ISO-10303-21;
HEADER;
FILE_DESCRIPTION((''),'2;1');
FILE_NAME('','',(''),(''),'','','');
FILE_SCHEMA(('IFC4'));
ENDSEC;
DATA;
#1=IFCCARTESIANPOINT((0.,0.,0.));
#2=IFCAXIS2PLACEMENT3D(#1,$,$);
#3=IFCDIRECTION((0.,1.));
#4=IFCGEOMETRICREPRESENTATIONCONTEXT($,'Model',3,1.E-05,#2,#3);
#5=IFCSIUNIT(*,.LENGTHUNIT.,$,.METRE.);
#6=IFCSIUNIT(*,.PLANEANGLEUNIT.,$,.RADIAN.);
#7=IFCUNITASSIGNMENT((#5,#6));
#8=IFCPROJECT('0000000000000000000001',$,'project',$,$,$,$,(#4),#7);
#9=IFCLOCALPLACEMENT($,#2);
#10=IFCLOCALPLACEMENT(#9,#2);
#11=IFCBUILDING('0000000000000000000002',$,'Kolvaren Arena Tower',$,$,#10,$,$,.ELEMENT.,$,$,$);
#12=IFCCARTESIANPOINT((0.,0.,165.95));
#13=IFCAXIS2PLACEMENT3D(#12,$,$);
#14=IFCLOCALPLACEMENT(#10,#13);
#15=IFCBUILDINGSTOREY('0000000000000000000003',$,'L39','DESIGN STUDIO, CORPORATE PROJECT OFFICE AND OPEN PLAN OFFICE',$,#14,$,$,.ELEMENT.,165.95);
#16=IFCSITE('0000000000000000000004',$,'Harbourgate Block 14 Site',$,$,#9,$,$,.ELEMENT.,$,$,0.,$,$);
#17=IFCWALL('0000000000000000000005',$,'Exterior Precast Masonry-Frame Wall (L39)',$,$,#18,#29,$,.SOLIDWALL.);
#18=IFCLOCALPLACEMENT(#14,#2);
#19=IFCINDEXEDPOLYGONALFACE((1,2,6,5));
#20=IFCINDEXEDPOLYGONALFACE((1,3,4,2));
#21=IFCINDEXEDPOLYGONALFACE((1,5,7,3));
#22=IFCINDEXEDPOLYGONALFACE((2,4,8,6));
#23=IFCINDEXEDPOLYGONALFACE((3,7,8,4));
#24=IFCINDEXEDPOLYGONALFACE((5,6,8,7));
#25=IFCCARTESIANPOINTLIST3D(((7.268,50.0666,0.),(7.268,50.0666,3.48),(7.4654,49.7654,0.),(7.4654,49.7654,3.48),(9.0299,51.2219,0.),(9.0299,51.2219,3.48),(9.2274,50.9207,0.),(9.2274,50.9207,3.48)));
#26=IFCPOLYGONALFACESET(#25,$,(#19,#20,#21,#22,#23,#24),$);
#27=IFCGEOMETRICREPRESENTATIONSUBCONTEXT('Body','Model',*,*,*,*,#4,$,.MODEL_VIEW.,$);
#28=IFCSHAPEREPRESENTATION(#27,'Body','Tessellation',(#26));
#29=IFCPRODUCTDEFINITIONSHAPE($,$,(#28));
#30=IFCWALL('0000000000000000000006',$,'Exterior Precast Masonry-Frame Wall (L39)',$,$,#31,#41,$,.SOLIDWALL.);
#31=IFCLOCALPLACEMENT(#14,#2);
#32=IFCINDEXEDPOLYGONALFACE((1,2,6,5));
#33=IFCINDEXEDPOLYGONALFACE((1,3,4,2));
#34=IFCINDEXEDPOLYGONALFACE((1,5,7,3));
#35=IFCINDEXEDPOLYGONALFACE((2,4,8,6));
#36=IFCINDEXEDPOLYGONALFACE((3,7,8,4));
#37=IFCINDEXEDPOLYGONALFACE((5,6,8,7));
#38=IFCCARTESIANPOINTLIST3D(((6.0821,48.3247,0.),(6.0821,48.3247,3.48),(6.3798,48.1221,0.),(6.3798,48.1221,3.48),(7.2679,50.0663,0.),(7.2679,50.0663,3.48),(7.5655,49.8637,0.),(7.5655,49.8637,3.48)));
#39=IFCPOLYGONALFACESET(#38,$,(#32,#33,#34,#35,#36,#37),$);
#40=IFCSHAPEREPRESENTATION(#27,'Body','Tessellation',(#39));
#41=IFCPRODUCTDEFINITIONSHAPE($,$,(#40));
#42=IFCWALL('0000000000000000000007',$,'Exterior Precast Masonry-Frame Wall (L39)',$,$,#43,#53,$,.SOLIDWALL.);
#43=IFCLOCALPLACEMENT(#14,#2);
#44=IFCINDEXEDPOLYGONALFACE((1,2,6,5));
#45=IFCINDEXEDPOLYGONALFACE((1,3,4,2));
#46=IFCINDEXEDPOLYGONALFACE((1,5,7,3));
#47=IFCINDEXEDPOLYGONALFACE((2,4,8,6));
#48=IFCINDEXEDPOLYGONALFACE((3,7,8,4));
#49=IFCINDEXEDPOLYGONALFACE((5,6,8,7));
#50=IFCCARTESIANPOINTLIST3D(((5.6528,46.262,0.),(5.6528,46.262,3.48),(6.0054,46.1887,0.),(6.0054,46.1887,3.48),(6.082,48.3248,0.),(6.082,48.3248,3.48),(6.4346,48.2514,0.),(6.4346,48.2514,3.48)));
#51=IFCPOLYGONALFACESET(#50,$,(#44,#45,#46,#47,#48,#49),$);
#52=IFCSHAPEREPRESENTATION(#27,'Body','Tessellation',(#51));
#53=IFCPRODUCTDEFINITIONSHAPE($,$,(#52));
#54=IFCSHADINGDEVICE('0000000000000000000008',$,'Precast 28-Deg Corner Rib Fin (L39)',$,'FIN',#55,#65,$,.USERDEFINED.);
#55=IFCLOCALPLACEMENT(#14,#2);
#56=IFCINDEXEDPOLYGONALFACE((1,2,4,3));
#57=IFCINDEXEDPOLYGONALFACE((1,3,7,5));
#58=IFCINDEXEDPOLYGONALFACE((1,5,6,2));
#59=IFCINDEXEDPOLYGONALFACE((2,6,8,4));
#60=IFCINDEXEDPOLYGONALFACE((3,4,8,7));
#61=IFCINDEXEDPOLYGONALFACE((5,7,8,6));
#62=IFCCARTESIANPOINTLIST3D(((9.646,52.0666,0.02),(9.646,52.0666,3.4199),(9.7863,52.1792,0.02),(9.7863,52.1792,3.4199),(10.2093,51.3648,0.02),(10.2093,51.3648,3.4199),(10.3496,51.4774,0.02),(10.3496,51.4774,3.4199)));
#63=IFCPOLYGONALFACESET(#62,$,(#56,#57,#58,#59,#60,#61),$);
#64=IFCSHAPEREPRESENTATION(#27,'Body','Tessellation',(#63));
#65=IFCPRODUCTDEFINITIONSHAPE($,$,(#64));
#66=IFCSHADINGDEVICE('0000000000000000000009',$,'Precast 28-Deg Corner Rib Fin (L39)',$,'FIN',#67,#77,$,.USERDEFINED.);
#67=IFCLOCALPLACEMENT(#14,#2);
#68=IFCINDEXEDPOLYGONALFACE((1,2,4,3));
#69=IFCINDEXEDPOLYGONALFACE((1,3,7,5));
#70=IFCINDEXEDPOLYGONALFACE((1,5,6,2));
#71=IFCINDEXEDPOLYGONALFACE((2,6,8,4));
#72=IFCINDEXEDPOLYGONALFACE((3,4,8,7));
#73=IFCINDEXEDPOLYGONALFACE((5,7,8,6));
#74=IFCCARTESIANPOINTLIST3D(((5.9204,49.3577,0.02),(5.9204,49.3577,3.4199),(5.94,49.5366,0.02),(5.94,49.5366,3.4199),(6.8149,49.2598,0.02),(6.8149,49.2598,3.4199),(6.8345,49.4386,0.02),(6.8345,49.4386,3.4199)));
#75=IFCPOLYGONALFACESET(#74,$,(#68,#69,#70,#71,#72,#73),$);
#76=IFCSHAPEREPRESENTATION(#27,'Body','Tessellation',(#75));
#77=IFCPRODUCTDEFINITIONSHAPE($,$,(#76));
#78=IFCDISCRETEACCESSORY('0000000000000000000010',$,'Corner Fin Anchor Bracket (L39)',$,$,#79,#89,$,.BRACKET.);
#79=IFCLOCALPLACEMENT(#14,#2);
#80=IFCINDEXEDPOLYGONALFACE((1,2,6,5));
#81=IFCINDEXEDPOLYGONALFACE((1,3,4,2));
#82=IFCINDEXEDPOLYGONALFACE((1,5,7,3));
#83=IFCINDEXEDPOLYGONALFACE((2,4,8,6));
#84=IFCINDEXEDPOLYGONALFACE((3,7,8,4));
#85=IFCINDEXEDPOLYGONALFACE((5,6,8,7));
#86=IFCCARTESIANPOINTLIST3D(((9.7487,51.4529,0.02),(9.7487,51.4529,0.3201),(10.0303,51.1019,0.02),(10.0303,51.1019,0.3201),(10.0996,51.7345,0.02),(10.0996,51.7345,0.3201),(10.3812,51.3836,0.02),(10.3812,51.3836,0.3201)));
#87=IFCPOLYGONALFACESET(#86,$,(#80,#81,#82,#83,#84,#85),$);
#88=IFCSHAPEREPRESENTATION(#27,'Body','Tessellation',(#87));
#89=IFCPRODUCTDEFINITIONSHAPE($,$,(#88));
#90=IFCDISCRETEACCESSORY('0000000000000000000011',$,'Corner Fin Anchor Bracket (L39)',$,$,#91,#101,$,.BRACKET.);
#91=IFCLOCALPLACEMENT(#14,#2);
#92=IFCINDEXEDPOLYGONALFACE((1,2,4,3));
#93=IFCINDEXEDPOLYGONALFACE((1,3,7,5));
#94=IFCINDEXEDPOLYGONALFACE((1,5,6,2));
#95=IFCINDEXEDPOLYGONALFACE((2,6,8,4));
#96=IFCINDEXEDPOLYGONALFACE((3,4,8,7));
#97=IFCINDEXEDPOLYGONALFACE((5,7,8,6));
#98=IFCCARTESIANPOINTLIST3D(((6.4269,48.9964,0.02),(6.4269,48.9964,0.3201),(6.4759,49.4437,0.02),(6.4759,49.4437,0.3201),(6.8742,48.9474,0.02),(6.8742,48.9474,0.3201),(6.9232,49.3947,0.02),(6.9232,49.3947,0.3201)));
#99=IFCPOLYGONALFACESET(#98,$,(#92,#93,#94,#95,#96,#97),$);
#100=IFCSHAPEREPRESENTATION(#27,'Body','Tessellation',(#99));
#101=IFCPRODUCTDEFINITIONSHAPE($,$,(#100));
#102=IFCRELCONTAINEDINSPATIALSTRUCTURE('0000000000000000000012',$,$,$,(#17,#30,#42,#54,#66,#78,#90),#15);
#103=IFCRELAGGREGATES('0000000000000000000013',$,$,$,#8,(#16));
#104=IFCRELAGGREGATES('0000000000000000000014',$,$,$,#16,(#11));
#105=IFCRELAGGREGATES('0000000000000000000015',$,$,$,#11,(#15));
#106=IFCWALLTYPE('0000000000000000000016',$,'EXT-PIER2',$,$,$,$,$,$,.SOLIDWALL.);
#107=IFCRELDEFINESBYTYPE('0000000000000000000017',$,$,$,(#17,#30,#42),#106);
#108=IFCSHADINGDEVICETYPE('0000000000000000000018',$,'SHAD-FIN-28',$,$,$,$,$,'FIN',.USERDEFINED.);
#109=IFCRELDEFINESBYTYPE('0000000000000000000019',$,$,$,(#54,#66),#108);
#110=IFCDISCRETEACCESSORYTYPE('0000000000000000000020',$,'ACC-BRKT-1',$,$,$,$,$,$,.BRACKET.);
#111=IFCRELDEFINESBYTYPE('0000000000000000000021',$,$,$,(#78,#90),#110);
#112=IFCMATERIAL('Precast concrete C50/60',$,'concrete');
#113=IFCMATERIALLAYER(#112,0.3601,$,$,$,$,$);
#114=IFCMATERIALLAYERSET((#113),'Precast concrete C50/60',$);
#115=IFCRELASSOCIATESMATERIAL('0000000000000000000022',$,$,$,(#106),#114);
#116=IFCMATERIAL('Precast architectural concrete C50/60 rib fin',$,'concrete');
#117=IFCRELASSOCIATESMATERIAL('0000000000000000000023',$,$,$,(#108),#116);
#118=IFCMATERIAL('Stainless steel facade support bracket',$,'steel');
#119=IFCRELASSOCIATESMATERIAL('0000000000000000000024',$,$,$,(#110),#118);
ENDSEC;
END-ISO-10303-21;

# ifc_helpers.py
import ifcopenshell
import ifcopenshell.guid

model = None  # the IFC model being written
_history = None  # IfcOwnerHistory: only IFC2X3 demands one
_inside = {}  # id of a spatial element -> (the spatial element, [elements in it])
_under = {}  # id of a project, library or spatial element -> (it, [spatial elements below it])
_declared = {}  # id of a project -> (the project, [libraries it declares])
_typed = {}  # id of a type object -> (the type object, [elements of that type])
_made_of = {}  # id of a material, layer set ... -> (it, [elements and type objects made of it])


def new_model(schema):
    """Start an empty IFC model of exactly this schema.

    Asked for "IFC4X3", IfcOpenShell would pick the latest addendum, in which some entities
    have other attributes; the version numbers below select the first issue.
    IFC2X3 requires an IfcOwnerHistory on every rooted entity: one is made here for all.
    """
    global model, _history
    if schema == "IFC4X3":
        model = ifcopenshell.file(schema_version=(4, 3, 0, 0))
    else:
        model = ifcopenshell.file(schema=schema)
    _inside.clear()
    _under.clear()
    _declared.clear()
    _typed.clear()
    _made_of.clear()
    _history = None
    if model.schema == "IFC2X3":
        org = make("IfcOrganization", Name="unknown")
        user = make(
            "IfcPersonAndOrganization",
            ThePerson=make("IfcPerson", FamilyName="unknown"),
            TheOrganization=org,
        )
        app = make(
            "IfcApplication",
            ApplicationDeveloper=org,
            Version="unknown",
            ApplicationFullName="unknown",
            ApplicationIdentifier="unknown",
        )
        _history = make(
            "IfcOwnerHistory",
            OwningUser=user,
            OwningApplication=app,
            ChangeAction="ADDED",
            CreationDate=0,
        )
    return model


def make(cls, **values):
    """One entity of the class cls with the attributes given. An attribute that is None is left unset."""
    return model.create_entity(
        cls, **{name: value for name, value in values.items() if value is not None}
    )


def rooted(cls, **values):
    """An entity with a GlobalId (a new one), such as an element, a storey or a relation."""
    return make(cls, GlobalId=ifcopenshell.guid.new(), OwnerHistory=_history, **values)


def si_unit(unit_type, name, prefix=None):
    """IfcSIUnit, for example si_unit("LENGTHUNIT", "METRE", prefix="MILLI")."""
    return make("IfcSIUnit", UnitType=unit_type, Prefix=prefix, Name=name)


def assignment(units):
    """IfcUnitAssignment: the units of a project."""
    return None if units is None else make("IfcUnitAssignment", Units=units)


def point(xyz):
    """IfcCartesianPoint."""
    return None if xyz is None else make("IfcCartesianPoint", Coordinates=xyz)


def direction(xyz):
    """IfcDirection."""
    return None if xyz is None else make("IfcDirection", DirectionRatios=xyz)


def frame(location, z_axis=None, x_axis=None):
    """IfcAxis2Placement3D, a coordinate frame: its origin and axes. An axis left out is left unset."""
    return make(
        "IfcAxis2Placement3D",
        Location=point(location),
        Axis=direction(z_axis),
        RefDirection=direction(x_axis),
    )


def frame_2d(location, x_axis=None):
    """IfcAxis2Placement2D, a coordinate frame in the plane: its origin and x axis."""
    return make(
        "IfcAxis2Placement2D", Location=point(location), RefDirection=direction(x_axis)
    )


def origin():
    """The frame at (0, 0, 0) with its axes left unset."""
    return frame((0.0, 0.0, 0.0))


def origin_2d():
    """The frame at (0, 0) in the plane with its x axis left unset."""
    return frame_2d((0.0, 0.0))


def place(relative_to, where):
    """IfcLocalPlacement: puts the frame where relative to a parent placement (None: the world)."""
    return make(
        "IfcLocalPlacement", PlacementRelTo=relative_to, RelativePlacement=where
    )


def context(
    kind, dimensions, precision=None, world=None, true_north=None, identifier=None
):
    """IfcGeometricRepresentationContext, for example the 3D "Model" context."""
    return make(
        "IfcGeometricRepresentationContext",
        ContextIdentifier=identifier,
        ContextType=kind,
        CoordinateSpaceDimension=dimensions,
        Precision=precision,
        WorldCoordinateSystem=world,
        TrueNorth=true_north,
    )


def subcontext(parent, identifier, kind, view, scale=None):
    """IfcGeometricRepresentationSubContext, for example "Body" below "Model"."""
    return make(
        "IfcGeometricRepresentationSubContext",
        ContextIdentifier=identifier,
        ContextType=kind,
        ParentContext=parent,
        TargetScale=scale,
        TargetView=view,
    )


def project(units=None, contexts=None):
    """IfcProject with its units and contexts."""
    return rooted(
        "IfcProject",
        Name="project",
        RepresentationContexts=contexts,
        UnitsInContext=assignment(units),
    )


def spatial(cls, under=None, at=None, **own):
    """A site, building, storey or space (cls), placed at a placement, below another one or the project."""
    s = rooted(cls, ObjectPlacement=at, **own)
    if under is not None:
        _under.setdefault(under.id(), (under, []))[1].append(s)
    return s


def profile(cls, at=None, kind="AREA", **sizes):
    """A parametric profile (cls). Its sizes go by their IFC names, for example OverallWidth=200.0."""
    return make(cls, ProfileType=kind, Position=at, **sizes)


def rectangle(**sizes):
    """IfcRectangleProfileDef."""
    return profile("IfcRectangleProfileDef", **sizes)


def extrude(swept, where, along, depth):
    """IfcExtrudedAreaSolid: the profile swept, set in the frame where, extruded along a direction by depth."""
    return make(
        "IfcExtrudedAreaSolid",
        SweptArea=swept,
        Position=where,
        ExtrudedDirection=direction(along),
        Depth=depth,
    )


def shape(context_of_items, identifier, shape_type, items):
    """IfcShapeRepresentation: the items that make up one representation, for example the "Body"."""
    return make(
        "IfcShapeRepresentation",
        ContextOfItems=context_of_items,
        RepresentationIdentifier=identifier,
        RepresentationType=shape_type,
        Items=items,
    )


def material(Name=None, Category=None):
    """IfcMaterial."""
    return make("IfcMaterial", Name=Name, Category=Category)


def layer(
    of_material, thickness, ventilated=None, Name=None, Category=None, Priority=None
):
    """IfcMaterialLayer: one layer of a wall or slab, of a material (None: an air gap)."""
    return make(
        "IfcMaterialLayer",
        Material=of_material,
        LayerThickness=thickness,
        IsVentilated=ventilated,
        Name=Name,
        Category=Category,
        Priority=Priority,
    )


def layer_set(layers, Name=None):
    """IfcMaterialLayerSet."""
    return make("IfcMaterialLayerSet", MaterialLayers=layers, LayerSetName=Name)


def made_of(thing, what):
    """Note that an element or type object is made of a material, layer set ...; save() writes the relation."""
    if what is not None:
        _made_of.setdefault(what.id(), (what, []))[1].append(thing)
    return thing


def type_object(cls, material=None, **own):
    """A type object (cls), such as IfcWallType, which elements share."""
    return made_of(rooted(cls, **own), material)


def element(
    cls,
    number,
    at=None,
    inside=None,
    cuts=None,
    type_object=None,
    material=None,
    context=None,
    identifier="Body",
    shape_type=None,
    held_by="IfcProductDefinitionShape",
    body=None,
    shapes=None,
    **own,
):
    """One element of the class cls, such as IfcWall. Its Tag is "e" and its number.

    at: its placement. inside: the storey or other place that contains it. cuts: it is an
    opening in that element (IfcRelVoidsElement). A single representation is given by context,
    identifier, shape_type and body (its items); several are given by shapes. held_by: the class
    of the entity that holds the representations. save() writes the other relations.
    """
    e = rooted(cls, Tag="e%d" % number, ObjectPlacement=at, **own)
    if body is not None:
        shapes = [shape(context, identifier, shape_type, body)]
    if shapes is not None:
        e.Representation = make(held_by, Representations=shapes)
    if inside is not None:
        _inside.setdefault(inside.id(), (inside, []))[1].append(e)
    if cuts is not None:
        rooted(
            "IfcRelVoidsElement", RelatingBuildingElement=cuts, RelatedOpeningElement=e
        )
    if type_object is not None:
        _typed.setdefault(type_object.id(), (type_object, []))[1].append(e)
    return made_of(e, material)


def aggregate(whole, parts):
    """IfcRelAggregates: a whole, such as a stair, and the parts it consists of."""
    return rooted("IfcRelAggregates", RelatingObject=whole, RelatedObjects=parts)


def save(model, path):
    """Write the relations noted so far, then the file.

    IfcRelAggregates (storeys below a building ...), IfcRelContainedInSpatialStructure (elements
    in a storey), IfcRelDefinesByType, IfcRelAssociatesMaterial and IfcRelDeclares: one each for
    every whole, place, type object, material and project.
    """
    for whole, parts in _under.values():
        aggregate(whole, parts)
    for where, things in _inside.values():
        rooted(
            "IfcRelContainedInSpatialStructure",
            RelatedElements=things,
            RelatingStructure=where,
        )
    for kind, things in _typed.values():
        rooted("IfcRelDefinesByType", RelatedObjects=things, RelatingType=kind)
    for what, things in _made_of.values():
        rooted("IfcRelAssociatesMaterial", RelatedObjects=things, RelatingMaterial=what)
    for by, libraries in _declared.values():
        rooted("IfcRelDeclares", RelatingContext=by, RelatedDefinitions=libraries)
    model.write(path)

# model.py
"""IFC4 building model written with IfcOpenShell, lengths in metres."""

from ifc_helpers import new_model, si_unit, direction, frame, frame_2d, origin, origin_2d, place, context, subcontext, project, spatial, rectangle, extrude, material, layer, layer_set, type_object, element, save


model = new_model("IFC4")

# Units and contexts
model_context = context("Model", 3, precision=1e-05, world=origin(), true_north=direction((0.0, 1.0)))
body_context = subcontext(model_context, "Body", "Model", "MODEL_VIEW")
ifc_project = project(units=[si_unit("LENGTHUNIT", "METRE"), si_unit("PLANEANGLEUNIT", "RADIAN")], contexts=[model_context])

# Site, building, storey
site_placement = place(None, origin())
site = spatial("IfcSite", under=ifc_project, at=site_placement, Name="Harbourgate Block 14 Site", CompositionType="ELEMENT", RefElevation=0.0)
building_placement = place(site_placement, origin())
building = spatial("IfcBuilding", under=site, at=building_placement, Name="Kolvaren Arena Tower", CompositionType="ELEMENT")
storey_placement = place(building_placement, frame((0.0, 0.0, 165.95)))
storey = spatial("IfcBuildingStorey", under=building, at=storey_placement, Name="L39", Description="DESIGN STUDIO, CORPORATE PROJECT OFFICE AND OPEN PLAN OFFICE", CompositionType="ELEMENT", Elevation=165.95)

# Shared definitions
ifc_material_1 = material(Name="Precast concrete C50/60", Category="concrete")
ifc_layer = layer(ifc_material_1, 0.3601)
ifc_layer_set = layer_set([ifc_layer], Name="Precast concrete C50/60")
wall_type = type_object("IfcWallType", Name="EXT-PIER2", PredefinedType="SOLIDWALL", material=ifc_layer_set)

# Walls
for number, where, z_axis, x_axis, name in (
    (1, (7.3667, 49.916, 0.0), (0.0, 0.0, 1.0), (0.836269, 0.54832, 0.0), "Exterior Precast Masonry-Frame Wall (L39)"),
    (2, (6.231, 48.2234, 0.0), (0.0, 0.0, 1.0), (0.562776, 0.82661, 0.0), "Exterior Precast Masonry-Frame Wall (L39)"),
    (3, (5.8291, 46.2253, 0.0), (0.0, 0.0, 1.0), (0.203709, 0.979031, 0.0), "Exterior Precast Masonry-Frame Wall (L39)"),
):
    element("IfcWall", number, at=place(storey_placement, frame(where, z_axis=z_axis, x_axis=x_axis)), inside=storey, type_object=wall_type, Name=name, PredefinedType="SOLIDWALL", context=body_context, shape_type="SweptSolid", body=[
        extrude(rectangle(XDim=2.1069, YDim=0.3601, at=frame_2d((1.0535, 0.0))), origin(), (0.0, 0.0, 1.0), 3.48),
    ])

# Shading devices
ifc_material_2 = material(Name="Precast architectural concrete C50/60 rib fin", Category="concrete")
shading_device_type = type_object("IfcShadingDeviceType", Name="SHAD-FIN-28", ElementType="FIN", PredefinedType="USERDEFINED", material=ifc_material_2)
for number, where, z_axis, x_axis, name in (
    (4, (9.9978, 51.772, 0.02), (0.0, 0.0, 1.0), (-0.625923, 0.779884, 0.0), "Precast 28-Deg Corner Rib Fin (L39)"),
    (5, (6.3774, 49.3982, 0.02), (0.0, 0.0, 1.0), (-0.994057, 0.108862, 0.0), "Precast 28-Deg Corner Rib Fin (L39)"),
):
    element("IfcShadingDevice", number, at=place(storey_placement, frame(where, z_axis=z_axis, x_axis=x_axis)), inside=storey, type_object=shading_device_type, Name=name, ObjectType="FIN", PredefinedType="USERDEFINED", context=body_context, shape_type="SweptSolid", body=[
        extrude(rectangle(XDim=0.8999, YDim=0.1799, at=origin_2d()), origin(), (0.0, 0.0, 1.0), 3.3999),
    ])

# Discrete accessories
ifc_material_3 = material(Name="Stainless steel facade support bracket", Category="steel")
discrete_accessory_type = type_object("IfcDiscreteAccessoryType", Name="ACC-BRKT-1", PredefinedType="BRACKET", material=ifc_material_3)
for number, where, z_axis, x_axis, name in (
    (6, (10.0649, 51.4182, 0.02), (0.0, 0.0, 1.0), (-0.625923, 0.779884, 0.0), "Corner Fin Anchor Bracket (L39)"),
    (7, (6.675, 49.1956, 0.02), (0.0, 0.0, 1.0), (-0.994057, 0.108862, 0.0), "Corner Fin Anchor Bracket (L39)"),
):
    element("IfcDiscreteAccessory", number, at=place(storey_placement, frame(where, z_axis=z_axis, x_axis=x_axis)), inside=storey, type_object=discrete_accessory_type, Name=name, PredefinedType="BRACKET", context=body_context, shape_type="SweptSolid", body=[
        extrude(rectangle(XDim=0.45, YDim=0.45, at=origin_2d()), origin(), (0.0, 0.0, 1.0), 0.3),
    ])

save(model, "model.ifc")
